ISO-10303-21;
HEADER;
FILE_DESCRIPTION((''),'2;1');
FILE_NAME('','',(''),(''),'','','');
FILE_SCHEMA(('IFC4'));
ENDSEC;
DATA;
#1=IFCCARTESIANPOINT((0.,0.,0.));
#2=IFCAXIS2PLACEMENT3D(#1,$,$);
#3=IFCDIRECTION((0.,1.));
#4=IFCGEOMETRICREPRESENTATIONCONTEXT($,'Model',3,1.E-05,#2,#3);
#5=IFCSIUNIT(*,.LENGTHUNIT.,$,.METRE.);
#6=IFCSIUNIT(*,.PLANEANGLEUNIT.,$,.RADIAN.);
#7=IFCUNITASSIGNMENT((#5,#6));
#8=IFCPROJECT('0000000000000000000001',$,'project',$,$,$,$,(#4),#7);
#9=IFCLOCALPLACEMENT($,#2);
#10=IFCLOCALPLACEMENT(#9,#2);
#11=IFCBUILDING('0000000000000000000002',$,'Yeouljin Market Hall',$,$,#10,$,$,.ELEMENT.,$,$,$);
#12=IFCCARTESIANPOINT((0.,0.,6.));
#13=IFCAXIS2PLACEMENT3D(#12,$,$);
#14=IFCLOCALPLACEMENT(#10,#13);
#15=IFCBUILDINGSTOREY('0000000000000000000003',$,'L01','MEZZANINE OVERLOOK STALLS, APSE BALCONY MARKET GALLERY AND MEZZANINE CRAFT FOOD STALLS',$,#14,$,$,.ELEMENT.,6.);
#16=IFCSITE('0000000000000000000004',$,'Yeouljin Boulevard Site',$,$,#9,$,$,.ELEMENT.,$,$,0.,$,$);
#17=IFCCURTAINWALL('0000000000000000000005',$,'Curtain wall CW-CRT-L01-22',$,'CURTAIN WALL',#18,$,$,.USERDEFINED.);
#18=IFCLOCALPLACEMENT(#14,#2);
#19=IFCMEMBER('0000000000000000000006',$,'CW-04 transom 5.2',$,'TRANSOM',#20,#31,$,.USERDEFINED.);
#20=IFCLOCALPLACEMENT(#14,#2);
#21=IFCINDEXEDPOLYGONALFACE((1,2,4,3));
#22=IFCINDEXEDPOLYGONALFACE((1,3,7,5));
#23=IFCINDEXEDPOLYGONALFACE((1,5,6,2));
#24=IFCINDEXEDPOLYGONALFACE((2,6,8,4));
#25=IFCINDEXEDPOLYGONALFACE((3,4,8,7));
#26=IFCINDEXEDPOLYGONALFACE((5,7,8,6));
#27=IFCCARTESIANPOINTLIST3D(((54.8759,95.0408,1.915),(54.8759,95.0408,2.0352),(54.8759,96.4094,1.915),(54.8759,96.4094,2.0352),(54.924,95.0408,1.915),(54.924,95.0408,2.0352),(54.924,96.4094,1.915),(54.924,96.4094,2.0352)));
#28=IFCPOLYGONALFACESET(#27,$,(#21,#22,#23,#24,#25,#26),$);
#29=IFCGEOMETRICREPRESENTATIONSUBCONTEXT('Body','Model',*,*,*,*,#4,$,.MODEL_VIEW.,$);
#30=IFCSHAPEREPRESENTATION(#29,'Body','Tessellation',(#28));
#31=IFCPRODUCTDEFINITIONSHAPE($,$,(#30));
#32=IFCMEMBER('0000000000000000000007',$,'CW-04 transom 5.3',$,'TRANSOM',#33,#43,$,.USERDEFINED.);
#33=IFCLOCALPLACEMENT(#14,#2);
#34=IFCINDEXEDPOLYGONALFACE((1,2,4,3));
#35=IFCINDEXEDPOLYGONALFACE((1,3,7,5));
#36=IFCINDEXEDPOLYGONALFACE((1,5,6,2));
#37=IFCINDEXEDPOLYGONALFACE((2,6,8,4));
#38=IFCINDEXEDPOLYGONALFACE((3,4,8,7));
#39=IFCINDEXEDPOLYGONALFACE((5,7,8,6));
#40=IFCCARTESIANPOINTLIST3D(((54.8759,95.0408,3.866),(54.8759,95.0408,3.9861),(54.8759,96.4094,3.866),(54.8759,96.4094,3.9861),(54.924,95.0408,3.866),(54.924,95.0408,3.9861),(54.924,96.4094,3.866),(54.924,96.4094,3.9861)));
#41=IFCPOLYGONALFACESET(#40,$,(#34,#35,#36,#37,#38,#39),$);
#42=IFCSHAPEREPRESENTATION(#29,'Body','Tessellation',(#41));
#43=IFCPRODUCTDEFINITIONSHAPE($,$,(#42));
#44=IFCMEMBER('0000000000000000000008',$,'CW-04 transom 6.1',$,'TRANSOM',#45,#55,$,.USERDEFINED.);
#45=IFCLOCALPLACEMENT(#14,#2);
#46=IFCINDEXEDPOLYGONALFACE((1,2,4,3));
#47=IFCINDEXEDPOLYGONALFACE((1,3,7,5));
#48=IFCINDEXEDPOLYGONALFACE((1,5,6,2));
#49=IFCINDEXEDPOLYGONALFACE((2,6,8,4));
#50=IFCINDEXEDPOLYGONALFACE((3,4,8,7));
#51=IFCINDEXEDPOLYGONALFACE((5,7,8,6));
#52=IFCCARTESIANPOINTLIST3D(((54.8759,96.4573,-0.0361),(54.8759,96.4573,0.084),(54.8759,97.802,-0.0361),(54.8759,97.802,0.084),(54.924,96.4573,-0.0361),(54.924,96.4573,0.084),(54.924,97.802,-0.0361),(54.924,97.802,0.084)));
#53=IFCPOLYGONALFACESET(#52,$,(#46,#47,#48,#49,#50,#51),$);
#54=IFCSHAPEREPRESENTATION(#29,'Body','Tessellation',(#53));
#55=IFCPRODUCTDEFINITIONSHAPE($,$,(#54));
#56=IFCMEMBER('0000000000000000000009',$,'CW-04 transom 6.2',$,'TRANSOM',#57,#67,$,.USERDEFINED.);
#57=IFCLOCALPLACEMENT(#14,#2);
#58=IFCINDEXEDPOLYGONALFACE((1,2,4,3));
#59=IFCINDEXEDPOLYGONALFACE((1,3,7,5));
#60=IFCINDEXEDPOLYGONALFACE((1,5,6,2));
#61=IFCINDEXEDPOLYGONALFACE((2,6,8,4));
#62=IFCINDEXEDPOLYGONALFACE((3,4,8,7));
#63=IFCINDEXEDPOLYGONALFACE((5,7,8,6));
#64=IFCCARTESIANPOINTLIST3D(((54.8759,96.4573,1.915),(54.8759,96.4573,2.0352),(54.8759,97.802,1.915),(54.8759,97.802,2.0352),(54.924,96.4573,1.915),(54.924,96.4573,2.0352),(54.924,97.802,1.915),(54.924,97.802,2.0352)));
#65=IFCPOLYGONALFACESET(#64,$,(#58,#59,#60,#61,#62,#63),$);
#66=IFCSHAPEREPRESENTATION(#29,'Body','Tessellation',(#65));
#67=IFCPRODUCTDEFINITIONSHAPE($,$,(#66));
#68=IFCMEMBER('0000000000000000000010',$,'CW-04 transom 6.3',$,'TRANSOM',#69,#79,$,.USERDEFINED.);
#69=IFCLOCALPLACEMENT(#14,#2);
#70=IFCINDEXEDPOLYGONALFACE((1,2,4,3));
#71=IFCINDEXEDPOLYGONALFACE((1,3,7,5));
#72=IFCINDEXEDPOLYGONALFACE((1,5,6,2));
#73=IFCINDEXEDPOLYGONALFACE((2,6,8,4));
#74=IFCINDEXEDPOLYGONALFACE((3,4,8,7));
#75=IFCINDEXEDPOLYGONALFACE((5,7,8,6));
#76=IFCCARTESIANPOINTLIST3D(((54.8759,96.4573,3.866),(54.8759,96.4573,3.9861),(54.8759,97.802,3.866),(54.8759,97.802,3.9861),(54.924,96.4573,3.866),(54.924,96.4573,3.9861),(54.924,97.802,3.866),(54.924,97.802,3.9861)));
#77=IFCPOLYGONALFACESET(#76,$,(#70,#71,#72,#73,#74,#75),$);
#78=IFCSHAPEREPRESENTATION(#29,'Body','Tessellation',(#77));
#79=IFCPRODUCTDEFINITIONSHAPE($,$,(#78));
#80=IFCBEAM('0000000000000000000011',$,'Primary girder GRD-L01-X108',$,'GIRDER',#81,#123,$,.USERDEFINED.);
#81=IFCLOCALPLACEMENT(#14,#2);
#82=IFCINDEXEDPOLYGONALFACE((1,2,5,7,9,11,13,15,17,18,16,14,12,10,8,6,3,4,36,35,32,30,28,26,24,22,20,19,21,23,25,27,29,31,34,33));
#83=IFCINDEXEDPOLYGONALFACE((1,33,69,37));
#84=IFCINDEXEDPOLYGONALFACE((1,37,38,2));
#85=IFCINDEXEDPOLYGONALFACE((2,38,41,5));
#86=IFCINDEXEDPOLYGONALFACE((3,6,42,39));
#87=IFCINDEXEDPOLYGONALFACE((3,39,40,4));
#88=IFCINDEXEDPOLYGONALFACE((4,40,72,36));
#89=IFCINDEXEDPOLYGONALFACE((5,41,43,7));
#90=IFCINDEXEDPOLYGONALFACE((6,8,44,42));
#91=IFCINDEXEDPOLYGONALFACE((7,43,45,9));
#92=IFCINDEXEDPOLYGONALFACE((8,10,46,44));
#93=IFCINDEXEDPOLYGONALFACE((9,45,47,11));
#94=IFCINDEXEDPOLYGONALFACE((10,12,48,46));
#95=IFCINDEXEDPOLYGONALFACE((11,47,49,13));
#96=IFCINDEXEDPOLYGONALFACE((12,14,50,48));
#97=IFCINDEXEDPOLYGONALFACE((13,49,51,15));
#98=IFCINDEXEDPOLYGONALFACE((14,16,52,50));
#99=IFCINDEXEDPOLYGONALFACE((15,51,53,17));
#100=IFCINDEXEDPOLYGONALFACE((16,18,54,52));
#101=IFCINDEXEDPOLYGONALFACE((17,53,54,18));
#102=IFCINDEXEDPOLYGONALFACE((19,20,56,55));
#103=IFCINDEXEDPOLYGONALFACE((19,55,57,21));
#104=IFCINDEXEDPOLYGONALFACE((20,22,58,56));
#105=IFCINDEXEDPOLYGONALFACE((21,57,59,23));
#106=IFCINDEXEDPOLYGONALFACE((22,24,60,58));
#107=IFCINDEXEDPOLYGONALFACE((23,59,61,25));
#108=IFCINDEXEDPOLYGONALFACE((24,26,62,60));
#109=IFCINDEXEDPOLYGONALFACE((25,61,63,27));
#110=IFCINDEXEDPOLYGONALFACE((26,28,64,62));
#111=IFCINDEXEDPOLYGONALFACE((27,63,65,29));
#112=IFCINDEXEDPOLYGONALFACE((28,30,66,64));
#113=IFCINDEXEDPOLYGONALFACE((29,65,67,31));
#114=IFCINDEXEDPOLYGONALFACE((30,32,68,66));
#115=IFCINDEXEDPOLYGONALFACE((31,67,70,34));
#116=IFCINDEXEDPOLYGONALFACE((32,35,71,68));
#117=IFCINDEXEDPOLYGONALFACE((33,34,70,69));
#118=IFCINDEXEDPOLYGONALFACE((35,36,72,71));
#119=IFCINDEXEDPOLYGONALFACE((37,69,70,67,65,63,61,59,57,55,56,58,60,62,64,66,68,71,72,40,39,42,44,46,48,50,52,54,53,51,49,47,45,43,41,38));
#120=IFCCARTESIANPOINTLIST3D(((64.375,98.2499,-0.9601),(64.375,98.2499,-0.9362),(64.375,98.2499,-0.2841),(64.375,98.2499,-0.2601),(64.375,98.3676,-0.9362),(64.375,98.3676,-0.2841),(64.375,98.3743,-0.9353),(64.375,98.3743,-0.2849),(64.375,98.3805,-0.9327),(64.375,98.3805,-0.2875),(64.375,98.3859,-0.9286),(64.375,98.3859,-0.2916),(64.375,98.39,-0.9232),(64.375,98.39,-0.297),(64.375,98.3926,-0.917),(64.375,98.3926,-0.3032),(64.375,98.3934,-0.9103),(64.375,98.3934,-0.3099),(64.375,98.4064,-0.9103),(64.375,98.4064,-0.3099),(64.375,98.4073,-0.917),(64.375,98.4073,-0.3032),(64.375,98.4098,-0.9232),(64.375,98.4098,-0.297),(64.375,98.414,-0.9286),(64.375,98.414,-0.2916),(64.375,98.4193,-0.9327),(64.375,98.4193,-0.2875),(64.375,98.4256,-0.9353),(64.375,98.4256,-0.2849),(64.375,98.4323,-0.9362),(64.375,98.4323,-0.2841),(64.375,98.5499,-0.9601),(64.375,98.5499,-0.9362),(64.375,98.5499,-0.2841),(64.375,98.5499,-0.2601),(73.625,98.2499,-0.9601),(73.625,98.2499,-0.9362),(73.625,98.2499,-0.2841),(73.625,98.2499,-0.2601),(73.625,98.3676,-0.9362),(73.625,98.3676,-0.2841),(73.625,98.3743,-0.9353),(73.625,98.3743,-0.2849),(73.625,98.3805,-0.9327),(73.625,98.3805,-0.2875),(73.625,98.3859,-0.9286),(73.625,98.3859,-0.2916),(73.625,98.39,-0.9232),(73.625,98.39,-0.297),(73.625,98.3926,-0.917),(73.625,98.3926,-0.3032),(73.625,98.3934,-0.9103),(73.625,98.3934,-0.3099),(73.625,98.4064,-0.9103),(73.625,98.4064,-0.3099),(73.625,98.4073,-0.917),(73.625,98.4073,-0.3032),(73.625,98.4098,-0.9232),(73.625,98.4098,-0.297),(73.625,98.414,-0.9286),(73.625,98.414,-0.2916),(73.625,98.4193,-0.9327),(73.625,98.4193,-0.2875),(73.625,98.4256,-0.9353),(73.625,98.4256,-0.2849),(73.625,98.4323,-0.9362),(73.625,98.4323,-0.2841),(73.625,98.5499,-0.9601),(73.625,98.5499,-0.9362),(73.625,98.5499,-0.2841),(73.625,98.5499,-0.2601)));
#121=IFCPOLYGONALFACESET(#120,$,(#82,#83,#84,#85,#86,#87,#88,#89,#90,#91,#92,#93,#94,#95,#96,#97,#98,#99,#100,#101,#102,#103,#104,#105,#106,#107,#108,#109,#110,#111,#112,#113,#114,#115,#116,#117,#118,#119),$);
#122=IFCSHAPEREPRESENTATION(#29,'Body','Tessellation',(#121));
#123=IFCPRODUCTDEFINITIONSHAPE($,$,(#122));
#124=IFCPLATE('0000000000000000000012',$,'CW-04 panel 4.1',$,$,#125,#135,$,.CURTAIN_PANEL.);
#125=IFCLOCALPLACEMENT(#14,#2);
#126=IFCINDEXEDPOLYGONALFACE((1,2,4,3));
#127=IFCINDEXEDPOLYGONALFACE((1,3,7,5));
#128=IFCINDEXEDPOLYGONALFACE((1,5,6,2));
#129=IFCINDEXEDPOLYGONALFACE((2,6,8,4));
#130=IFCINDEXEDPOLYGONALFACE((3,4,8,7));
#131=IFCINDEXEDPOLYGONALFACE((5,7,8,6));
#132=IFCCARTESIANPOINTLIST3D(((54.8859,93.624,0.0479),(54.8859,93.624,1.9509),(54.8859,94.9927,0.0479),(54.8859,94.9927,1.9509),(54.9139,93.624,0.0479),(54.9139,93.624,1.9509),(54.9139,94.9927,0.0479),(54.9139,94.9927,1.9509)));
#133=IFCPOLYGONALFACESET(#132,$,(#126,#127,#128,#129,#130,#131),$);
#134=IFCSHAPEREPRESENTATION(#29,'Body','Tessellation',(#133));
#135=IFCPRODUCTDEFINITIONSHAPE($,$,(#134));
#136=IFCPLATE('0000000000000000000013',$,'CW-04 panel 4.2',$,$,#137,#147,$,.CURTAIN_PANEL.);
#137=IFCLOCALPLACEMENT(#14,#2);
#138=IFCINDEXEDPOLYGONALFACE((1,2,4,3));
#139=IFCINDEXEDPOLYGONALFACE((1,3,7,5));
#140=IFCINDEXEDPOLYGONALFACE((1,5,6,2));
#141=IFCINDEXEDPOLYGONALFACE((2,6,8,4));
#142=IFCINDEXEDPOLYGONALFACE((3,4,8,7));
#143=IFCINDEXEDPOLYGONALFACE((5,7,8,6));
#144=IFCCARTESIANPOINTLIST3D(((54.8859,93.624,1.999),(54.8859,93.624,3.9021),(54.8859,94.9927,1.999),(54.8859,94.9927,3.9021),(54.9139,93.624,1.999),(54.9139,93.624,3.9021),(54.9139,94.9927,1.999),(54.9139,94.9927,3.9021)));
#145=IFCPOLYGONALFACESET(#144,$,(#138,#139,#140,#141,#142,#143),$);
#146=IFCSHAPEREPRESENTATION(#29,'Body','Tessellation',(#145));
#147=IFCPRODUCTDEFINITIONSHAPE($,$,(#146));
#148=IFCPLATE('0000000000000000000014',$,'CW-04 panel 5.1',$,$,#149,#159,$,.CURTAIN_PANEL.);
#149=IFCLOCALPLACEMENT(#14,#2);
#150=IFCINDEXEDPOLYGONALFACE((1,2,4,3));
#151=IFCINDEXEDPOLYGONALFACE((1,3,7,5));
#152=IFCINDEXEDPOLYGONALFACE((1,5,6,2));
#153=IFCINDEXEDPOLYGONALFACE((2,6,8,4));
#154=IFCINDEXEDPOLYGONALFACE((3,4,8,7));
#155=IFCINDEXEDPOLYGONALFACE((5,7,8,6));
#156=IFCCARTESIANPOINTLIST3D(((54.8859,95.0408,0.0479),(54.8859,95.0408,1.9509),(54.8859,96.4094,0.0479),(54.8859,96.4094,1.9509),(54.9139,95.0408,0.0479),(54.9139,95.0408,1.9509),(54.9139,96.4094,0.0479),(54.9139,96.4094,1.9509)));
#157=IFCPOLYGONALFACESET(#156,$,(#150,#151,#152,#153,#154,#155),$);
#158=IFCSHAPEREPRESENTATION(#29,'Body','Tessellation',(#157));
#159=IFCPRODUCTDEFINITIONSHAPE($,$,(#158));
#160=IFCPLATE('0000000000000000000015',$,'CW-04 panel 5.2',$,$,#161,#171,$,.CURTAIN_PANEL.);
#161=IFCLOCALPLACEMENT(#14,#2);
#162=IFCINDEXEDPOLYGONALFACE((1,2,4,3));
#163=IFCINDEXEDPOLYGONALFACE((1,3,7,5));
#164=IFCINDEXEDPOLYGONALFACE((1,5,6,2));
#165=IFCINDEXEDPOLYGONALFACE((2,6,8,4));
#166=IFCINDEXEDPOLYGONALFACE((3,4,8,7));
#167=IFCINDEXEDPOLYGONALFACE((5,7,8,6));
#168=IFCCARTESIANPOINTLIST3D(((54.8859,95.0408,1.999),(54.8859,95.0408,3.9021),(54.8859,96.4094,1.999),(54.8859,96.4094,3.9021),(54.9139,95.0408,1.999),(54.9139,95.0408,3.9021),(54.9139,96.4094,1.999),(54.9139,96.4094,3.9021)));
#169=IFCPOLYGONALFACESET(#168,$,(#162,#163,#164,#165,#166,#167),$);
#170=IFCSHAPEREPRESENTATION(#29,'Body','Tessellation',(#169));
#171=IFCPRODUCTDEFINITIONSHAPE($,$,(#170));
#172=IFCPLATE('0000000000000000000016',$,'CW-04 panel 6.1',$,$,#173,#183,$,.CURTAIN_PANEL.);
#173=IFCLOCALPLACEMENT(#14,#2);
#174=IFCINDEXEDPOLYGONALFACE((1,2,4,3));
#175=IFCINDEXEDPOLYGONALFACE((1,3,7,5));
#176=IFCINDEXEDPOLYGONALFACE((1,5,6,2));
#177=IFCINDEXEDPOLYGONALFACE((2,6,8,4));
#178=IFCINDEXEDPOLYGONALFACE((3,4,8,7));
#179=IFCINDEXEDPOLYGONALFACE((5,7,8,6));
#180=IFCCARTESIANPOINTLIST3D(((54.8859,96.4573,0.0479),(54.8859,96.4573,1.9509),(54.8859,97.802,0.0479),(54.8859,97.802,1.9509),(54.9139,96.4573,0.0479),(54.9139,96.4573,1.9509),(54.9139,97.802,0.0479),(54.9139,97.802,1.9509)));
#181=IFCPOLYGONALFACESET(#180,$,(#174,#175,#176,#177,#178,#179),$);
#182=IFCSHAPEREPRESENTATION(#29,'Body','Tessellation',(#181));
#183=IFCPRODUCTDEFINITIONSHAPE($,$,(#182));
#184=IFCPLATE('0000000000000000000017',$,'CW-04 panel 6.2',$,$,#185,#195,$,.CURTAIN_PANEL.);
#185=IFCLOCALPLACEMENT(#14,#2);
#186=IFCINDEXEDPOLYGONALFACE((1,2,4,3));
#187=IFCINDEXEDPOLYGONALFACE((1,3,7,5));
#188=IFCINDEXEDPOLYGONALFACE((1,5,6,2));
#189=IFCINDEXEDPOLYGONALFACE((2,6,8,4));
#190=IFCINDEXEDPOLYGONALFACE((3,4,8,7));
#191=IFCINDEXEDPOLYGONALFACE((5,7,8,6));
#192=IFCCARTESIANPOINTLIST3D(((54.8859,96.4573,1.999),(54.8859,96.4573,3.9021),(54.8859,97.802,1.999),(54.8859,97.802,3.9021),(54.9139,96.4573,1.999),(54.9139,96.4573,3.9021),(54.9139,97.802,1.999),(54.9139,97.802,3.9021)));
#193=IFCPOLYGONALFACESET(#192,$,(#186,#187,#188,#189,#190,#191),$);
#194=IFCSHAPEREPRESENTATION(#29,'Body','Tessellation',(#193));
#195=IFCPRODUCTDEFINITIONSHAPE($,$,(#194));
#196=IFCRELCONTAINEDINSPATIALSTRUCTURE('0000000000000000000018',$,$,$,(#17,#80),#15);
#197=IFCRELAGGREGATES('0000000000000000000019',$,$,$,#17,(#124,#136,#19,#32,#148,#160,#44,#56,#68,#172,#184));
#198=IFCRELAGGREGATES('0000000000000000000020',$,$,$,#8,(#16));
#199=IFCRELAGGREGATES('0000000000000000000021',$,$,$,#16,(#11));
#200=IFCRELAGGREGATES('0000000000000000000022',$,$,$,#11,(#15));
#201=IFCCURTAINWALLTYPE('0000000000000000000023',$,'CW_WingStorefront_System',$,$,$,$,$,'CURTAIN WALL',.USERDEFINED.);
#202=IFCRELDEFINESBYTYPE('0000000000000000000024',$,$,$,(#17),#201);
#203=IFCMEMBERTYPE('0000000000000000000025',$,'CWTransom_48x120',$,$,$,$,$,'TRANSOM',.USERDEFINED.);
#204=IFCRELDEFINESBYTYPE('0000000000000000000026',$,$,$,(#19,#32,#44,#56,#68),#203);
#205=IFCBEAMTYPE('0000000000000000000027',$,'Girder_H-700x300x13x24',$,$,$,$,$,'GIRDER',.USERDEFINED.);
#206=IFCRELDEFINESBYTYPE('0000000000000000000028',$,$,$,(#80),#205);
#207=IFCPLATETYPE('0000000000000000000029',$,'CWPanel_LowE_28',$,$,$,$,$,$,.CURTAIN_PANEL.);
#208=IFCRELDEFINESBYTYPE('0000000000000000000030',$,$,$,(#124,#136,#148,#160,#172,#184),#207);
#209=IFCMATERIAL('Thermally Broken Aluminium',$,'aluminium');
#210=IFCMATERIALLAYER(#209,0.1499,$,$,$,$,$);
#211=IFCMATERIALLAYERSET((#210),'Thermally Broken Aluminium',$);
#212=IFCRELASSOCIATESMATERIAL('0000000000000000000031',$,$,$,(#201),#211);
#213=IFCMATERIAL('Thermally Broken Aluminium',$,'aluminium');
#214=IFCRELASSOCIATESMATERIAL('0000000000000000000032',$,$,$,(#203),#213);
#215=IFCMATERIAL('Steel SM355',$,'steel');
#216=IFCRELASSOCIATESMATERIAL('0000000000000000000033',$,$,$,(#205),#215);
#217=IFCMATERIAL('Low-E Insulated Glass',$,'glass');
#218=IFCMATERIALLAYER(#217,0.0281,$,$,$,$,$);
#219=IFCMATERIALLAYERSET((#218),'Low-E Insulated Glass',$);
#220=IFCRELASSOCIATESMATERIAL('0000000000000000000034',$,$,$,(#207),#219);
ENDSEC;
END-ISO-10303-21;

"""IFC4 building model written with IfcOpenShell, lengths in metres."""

from ifc_helpers import new_model, si_unit, direction, frame, origin, origin_2d, place, context, subcontext, project, spatial, rectangle, i_section, extrude, material, layer, layer_set, material_profile, profile_set, type_object, element, aggregate, save


model = new_model("IFC4")

# Units and contexts
model_context = context("Model", 3, precision=1e-05, world=origin(), true_north=direction((0.0, 1.0)))
body_context = subcontext(model_context, "Body", "Model", "MODEL_VIEW")
ifc_project = project(units=[si_unit("LENGTHUNIT", "METRE"), si_unit("PLANEANGLEUNIT", "RADIAN")], contexts=[model_context])

# Site, building, storey
site_placement = place(None, origin())
site = spatial("IfcSite", under=ifc_project, at=site_placement, Name="Yeouljin Boulevard Site", CompositionType="ELEMENT", RefElevation=0.0)
building_placement = place(site_placement, origin())
building = spatial("IfcBuilding", under=site, at=building_placement, Name="Yeouljin Market Hall", CompositionType="ELEMENT")
storey_placement = place(building_placement, frame((0.0, 0.0, 6.0)))
storey = spatial("IfcBuildingStorey", under=building, at=storey_placement, Name="L01", Description="MEZZANINE OVERLOOK STALLS, APSE BALCONY MARKET GALLERY AND MEZZANINE CRAFT FOOD STALLS", CompositionType="ELEMENT", Elevation=6.0)

# Curtain wall, members
ifc_material_1 = material(Name="Thermally Broken Aluminium", Category="aluminium")
ifc_layer_1 = layer(ifc_material_1, 0.1499)
ifc_layer_set_1 = layer_set([ifc_layer_1], Name="Thermally Broken Aluminium")
curtain_wall_type = type_object("IfcCurtainWallType", Name="CW_WingStorefront_System", ElementType="CURTAIN WALL", PredefinedType="USERDEFINED", material=ifc_layer_set_1)
curtain_wall_placement = place(storey_placement, origin())
curtain_wall = element("IfcCurtainWall", 1, at=curtain_wall_placement, inside=storey, type_object=curtain_wall_type, Name="Curtain wall CW-CRT-L01-22", ObjectType="CURTAIN WALL", PredefinedType="USERDEFINED")
ifc_material_2 = material(Name="Thermally Broken Aluminium", Category="aluminium")
ifc_material_profile_1 = material_profile(ifc_material_2, rectangle(XDim=0.0481, YDim=0.1201, at=origin_2d()), Name="CW-TRAN-48x120")
ifc_profile_set_1 = profile_set([ifc_material_profile_1], Name="Thermally Broken Aluminium")
member_type_1 = type_object("IfcMemberType", Name="CWTransom_48x120", ElementType="TRANSOM", PredefinedType="USERDEFINED", material=ifc_profile_set_1)
member_1_placement = place(storey_placement, frame((54.8999, 95.0408, 1.9751), z_axis=(0.0, 1.0, 0.0), x_axis=(-1.0, 0.0, 0.0)))
member_1 = element("IfcMember", 2, at=member_1_placement, type_object=member_type_1, Name="CW-04 transom 5.2", ObjectType="TRANSOM", PredefinedType="USERDEFINED", context=body_context, shape_type="SweptSolid", body=[
    extrude(rectangle(XDim=0.0481, YDim=0.1201, at=origin_2d()), origin(), (0.0, 0.0, 1.0), 1.3687),
])
member_2_placement = place(storey_placement, frame((54.8999, 95.0408, 3.926), z_axis=(0.0, 1.0, 0.0), x_axis=(-1.0, 0.0, 0.0)))
member_2 = element("IfcMember", 3, at=member_2_placement, type_object=member_type_1, Name="CW-04 transom 5.3", ObjectType="TRANSOM", PredefinedType="USERDEFINED", context=body_context, shape_type="SweptSolid", body=[
    extrude(rectangle(XDim=0.0481, YDim=0.1201, at=origin_2d()), origin(), (0.0, 0.0, 1.0), 1.3687),
])
member_3_placement = place(storey_placement, frame((54.8999, 96.4573, 0.0239), z_axis=(0.0, 1.0, 0.0), x_axis=(-1.0, 0.0, 0.0)))
member_3 = element("IfcMember", 4, at=member_3_placement, type_object=member_type_1, Name="CW-04 transom 6.1", ObjectType="TRANSOM", PredefinedType="USERDEFINED", context=body_context, shape_type="SweptSolid", body=[
    extrude(rectangle(XDim=0.0481, YDim=0.1201, at=origin_2d()), origin(), (0.0, 0.0, 1.0), 1.3447),
])
member_4_placement = place(storey_placement, frame((54.8999, 96.4573, 1.9751), z_axis=(0.0, 1.0, 0.0), x_axis=(-1.0, 0.0, 0.0)))
member_4 = element("IfcMember", 5, at=member_4_placement, type_object=member_type_1, Name="CW-04 transom 6.2", ObjectType="TRANSOM", PredefinedType="USERDEFINED", context=body_context, shape_type="SweptSolid", body=[
    extrude(rectangle(XDim=0.0481, YDim=0.1201, at=origin_2d()), origin(), (0.0, 0.0, 1.0), 1.3447),
])
member_5_placement = place(storey_placement, frame((54.8999, 96.4573, 3.926), z_axis=(0.0, 1.0, 0.0), x_axis=(-1.0, 0.0, 0.0)))
member_5 = element("IfcMember", 6, at=member_5_placement, type_object=member_type_1, Name="CW-04 transom 6.3", ObjectType="TRANSOM", PredefinedType="USERDEFINED", context=body_context, shape_type="SweptSolid", body=[
    extrude(rectangle(XDim=0.0481, YDim=0.1201, at=origin_2d()), origin(), (0.0, 0.0, 1.0), 1.3447),
])

# Beam
ifc_material_3 = material(Name="Steel SM355", Category="steel")
ifc_material_profile_2 = material_profile(ifc_material_3, i_section(OverallWidth=0.3, OverallDepth=0.7, WebThickness=0.0129, FlangeThickness=0.0239, FilletRadius=0.0259, at=origin_2d()), Name="H-700x300x13x24")
ifc_profile_set_2 = profile_set([ifc_material_profile_2], Name="Steel SM355")
beam_type_1 = type_object("IfcBeamType", Name="Girder_H-700x300x13x24", ElementType="GIRDER", PredefinedType="USERDEFINED", material=ifc_profile_set_2)
beam_1_placement = place(storey_placement, frame((64.375, 98.3999, -0.6101), z_axis=(1.0, 0.0, 0.0), x_axis=(0.0, 1.0, 0.0)))
element("IfcBeam", 7, at=beam_1_placement, inside=storey, type_object=beam_type_1, Name="Primary girder GRD-L01-X108", ObjectType="GIRDER", PredefinedType="USERDEFINED", context=body_context, shape_type="SweptSolid", body=[
    extrude(i_section(OverallWidth=0.3, OverallDepth=0.7, WebThickness=0.0129, FlangeThickness=0.0239, FilletRadius=0.0259, at=origin_2d()), origin(), (0.0, 0.0, 1.0), 9.25),
])

# Plates
ifc_material_4 = material(Name="Low-E Insulated Glass", Category="glass")
ifc_layer_2 = layer(ifc_material_4, 0.0281)
ifc_layer_set_2 = layer_set([ifc_layer_2], Name="Low-E Insulated Glass")
plate_type_1 = type_object("IfcPlateType", Name="CWPanel_LowE_28", PredefinedType="CURTAIN_PANEL", material=ifc_layer_set_2)
plate_1_placement = place(storey_placement, frame((54.8999, 94.3083, 0.0479), z_axis=(0.0, 0.0, 1.0), x_axis=(0.0, 1.0, 0.0)))
plate_1 = element("IfcPlate", 8, at=plate_1_placement, type_object=plate_type_1, Name="CW-04 panel 4.1", PredefinedType="CURTAIN_PANEL", context=body_context, shape_type="SweptSolid", body=[
    extrude(rectangle(XDim=1.3687, YDim=0.0281, at=origin_2d()), origin(), (0.0, 0.0, 1.0), 1.9031),
])
plate_2_placement = place(storey_placement, frame((54.8999, 94.3083, 1.999), z_axis=(0.0, 0.0, 1.0), x_axis=(0.0, 1.0, 0.0)))
plate_2 = element("IfcPlate", 9, at=plate_2_placement, type_object=plate_type_1, Name="CW-04 panel 4.2", PredefinedType="CURTAIN_PANEL", context=body_context, shape_type="SweptSolid", body=[
    extrude(rectangle(XDim=1.3687, YDim=0.0281, at=origin_2d()), origin(), (0.0, 0.0, 1.0), 1.9031),
])
plate_3_placement = place(storey_placement, frame((54.8999, 95.7251, 0.0479), z_axis=(0.0, 0.0, 1.0), x_axis=(0.0, 1.0, 0.0)))
plate_3 = element("IfcPlate", 10, at=plate_3_placement, type_object=plate_type_1, Name="CW-04 panel 5.1", PredefinedType="CURTAIN_PANEL", context=body_context, shape_type="SweptSolid", body=[
    extrude(rectangle(XDim=1.3687, YDim=0.0281, at=origin_2d()), origin(), (0.0, 0.0, 1.0), 1.9031),
])
plate_4_placement = place(storey_placement, frame((54.8999, 95.7251, 1.999), z_axis=(0.0, 0.0, 1.0), x_axis=(0.0, 1.0, 0.0)))
plate_4 = element("IfcPlate", 11, at=plate_4_placement, type_object=plate_type_1, Name="CW-04 panel 5.2", PredefinedType="CURTAIN_PANEL", context=body_context, shape_type="SweptSolid", body=[
    extrude(rectangle(XDim=1.3687, YDim=0.0281, at=origin_2d()), origin(), (0.0, 0.0, 1.0), 1.9031),
])
plate_5_placement = place(storey_placement, frame((54.8999, 97.1296, 0.0479), z_axis=(0.0, 0.0, 1.0), x_axis=(0.0, 1.0, 0.0)))
plate_5 = element("IfcPlate", 12, at=plate_5_placement, type_object=plate_type_1, Name="CW-04 panel 6.1", PredefinedType="CURTAIN_PANEL", context=body_context, shape_type="SweptSolid", body=[
    extrude(rectangle(XDim=1.3447, YDim=0.0281, at=origin_2d()), origin(), (0.0, 0.0, 1.0), 1.9031),
])
plate_6_placement = place(storey_placement, frame((54.8999, 97.1296, 1.999), z_axis=(0.0, 0.0, 1.0), x_axis=(0.0, 1.0, 0.0)))
plate_6 = element("IfcPlate", 13, at=plate_6_placement, type_object=plate_type_1, Name="CW-04 panel 6.2", PredefinedType="CURTAIN_PANEL", context=body_context, shape_type="SweptSolid", body=[
    extrude(rectangle(XDim=1.3447, YDim=0.0281, at=origin_2d()), origin(), (0.0, 0.0, 1.0), 1.9031),
])
aggregate(curtain_wall, [plate_1, plate_2, member_1, member_2, plate_3, plate_4, member_3, member_4, member_5, plate_5, plate_6])

save(model, "model.ifc")
